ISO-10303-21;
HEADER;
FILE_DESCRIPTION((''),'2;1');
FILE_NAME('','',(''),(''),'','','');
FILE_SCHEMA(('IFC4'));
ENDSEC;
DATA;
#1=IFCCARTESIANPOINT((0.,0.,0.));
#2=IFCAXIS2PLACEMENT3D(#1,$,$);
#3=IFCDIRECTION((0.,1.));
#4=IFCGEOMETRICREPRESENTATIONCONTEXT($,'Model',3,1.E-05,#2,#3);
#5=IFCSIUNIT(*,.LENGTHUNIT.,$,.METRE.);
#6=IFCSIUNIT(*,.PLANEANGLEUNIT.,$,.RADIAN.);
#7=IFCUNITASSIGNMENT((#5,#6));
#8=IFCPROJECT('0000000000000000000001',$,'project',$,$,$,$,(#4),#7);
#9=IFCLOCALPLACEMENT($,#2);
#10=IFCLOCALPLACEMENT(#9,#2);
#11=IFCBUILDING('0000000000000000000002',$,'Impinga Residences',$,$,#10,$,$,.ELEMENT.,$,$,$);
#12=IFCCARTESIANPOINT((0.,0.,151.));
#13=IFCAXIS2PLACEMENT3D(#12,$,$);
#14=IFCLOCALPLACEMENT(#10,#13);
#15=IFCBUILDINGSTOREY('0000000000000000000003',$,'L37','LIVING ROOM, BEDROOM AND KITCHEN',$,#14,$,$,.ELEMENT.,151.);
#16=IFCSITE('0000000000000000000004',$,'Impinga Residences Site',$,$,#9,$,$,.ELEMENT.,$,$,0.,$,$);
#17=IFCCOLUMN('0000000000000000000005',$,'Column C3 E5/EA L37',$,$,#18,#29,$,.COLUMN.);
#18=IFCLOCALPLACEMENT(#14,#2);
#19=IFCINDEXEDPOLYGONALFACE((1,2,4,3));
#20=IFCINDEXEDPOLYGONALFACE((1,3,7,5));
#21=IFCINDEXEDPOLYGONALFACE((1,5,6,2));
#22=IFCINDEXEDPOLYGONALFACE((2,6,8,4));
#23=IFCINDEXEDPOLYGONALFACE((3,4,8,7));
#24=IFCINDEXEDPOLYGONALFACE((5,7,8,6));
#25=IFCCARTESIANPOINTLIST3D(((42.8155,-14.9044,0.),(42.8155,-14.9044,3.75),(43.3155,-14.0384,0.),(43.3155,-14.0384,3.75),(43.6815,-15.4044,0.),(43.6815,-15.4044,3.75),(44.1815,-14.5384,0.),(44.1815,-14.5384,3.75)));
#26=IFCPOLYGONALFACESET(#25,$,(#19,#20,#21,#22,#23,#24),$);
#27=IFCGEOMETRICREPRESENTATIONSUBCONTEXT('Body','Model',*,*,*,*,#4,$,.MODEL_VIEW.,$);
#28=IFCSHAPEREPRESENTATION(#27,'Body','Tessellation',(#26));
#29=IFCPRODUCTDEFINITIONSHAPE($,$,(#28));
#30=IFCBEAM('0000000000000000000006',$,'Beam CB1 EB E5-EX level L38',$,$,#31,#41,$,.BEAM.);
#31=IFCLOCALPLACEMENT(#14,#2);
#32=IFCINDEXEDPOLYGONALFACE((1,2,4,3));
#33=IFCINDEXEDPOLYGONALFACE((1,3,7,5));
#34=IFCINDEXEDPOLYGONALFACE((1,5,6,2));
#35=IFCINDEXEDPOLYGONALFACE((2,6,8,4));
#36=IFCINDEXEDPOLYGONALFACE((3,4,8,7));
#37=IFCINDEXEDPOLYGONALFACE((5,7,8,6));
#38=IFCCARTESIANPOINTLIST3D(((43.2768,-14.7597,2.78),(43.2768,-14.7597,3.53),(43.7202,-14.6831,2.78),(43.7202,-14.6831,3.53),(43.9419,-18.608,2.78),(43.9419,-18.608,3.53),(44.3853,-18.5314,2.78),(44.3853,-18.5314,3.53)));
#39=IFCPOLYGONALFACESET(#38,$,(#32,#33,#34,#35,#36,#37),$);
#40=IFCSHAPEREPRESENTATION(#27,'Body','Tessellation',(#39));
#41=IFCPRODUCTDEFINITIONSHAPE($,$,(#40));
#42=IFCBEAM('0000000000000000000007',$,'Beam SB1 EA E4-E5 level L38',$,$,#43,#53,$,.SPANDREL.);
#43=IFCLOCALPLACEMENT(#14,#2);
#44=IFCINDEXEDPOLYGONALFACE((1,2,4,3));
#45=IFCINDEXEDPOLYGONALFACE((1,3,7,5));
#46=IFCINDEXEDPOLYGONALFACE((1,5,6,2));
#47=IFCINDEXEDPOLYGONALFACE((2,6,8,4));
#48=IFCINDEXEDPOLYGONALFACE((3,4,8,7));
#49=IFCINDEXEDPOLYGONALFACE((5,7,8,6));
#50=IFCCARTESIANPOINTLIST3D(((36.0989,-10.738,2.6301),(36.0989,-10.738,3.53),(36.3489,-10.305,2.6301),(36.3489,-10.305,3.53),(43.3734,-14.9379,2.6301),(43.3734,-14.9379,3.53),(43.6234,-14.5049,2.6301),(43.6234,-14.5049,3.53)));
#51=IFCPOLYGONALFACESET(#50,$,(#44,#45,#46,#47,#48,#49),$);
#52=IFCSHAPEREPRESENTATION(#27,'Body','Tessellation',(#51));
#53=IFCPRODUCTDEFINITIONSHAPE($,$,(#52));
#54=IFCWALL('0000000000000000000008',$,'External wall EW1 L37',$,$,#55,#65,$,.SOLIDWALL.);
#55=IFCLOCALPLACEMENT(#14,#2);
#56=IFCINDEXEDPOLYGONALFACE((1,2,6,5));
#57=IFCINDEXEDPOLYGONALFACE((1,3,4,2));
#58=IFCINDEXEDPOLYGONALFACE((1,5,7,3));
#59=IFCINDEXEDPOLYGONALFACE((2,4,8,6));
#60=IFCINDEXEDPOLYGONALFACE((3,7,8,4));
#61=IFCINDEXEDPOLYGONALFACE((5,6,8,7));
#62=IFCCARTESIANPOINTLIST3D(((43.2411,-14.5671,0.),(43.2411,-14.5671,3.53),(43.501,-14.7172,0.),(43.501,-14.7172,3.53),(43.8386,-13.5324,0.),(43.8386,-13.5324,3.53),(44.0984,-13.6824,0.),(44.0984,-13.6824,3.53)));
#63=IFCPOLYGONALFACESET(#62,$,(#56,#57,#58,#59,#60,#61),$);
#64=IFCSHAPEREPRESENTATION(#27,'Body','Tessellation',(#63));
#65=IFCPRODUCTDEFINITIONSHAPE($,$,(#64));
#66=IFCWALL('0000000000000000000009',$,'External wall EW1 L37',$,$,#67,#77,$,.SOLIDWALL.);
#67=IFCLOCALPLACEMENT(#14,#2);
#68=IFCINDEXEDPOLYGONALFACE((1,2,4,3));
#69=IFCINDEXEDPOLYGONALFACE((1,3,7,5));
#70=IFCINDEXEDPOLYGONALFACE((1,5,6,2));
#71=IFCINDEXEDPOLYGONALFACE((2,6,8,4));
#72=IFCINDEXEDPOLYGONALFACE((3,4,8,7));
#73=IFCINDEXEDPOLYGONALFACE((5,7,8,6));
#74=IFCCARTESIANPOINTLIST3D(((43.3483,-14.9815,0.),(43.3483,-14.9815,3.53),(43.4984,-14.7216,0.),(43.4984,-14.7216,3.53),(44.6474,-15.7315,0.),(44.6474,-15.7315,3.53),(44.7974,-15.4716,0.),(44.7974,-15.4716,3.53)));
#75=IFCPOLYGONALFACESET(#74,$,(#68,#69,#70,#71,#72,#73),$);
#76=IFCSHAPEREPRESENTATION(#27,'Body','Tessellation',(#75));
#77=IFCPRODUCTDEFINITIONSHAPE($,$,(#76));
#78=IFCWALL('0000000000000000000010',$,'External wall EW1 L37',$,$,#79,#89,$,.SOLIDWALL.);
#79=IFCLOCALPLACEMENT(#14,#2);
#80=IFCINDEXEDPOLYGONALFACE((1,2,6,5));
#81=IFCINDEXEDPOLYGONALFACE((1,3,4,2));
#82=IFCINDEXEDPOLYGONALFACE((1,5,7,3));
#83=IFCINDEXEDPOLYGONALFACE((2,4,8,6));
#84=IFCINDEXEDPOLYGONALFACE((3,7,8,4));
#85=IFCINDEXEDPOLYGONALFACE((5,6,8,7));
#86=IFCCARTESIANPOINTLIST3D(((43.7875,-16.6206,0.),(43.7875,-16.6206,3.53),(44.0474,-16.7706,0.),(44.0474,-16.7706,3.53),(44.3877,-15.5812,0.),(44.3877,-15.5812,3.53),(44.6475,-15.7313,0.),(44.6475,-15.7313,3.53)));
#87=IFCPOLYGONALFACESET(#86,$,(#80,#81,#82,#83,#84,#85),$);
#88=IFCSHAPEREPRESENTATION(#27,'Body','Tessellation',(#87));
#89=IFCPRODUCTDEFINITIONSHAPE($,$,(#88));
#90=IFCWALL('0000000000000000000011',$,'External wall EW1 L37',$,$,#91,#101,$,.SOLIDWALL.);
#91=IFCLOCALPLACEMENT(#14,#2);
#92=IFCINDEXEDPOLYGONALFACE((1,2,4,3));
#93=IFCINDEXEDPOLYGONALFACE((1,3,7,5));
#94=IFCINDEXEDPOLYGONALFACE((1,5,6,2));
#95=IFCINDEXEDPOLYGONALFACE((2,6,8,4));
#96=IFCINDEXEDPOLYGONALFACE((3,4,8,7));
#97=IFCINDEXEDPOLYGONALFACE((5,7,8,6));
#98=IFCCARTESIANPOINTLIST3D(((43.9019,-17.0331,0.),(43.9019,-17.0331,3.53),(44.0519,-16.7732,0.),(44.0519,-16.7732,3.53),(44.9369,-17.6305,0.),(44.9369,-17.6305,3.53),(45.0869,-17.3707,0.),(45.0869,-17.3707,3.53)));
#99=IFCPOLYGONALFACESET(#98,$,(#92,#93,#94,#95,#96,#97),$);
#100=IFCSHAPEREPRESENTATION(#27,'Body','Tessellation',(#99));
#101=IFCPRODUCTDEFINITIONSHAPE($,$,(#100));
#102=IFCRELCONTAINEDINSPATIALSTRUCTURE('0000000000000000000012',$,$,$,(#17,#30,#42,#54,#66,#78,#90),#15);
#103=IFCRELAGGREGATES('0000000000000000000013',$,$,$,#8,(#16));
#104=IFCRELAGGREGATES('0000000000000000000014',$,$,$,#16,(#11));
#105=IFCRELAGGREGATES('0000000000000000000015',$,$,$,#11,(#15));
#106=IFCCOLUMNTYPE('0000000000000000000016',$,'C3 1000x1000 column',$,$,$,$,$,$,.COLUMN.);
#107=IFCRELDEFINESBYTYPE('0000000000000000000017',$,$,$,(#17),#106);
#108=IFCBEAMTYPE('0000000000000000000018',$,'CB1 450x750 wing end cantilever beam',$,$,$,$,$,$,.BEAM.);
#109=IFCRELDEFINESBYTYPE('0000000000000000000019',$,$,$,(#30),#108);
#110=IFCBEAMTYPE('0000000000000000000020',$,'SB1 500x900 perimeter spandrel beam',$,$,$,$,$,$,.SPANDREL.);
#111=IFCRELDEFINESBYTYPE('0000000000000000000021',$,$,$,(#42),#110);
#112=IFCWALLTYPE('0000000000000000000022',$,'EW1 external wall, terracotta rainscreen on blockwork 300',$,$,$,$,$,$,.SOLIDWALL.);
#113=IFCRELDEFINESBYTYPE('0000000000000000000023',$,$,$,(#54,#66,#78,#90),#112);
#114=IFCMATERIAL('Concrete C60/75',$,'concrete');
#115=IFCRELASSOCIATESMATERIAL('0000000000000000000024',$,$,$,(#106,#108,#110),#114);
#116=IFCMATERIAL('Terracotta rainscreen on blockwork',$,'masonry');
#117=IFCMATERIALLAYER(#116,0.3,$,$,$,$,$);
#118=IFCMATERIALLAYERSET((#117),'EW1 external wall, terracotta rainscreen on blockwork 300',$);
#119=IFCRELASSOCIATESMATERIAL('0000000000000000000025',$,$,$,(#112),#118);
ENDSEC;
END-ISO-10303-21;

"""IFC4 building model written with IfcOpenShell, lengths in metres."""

from ifc_helpers import new_model, si_unit, direction, frame, frame_2d, origin, origin_2d, place, context, subcontext, project, spatial, rectangle, extrude, material, layer, layer_set, material_profile, profile_set, type_object, element, save


model = new_model("IFC4")

# Units and contexts
model_context = context("Model", 3, precision=1e-05, world=origin(), true_north=direction((0.0, 1.0)))
body_context = subcontext(model_context, "Body", "Model", "MODEL_VIEW")
ifc_project = project(units=[si_unit("LENGTHUNIT", "METRE"), si_unit("PLANEANGLEUNIT", "RADIAN")], contexts=[model_context])

# Site, building, storey
site_placement = place(None, origin())
site = spatial("IfcSite", under=ifc_project, at=site_placement, Name="Impinga Residences Site", CompositionType="ELEMENT", RefElevation=0.0)
building_placement = place(site_placement, origin())
building = spatial("IfcBuilding", under=site, at=building_placement, Name="Impinga Residences", CompositionType="ELEMENT")
storey_placement = place(building_placement, frame((0.0, 0.0, 151.0)))
storey = spatial("IfcBuildingStorey", under=building, at=storey_placement, Name="L37", Description="LIVING ROOM, BEDROOM AND KITCHEN", CompositionType="ELEMENT", Elevation=151.0)

# Column
ifc_material_1 = material(Name="Concrete C60/75", Category="concrete")
ifc_material_profile_1 = material_profile(ifc_material_1, rectangle(XDim=1.0, YDim=1.0, at=origin_2d()), Name="RC 1000x1000")
ifc_profile_set_1 = profile_set([ifc_material_profile_1], Name="Concrete C60/75")
column_type = type_object("IfcColumnType", Name="C3 1000x1000 column", PredefinedType="COLUMN", material=ifc_profile_set_1)
column_placement = place(storey_placement, frame((43.4985, -14.7214, 0.0), z_axis=(0.0, 0.0, 1.0), x_axis=(-0.5, -0.866025, 0.0)))
element("IfcColumn", 1, at=column_placement, inside=storey, type_object=column_type, Name="Column C3 E5/EA L37", PredefinedType="COLUMN", context=body_context, shape_type="SweptSolid", body=[
    extrude(rectangle(XDim=1.0, YDim=1.0, at=origin_2d()), origin(), (0.0, 0.0, 1.0), 3.75),
])

# Beams
ifc_material_profile_2 = material_profile(ifc_material_1, rectangle(XDim=0.45, YDim=0.75, at=origin_2d()), Name="RC 450x750")
ifc_profile_set_2 = profile_set([ifc_material_profile_2], Name="Concrete C60/75")
beam_type_1 = type_object("IfcBeamType", Name="CB1 450x750 wing end cantilever beam", PredefinedType="BEAM", material=ifc_profile_set_2)
beam_1_placement = place(storey_placement, frame((43.4985, -14.7214, 3.155), z_axis=(0.170296, -0.985393, 0.0), x_axis=(0.985393, 0.170296, 0.0)))
element("IfcBeam", 2, at=beam_1_placement, inside=storey, type_object=beam_type_1, Name="Beam CB1 EB E5-EX level L38", PredefinedType="BEAM", context=body_context, shape_type="SweptSolid", body=[
    extrude(rectangle(XDim=0.45, YDim=0.75, at=origin_2d()), origin(), (0.0, 0.0, 1.0), 3.9053),
])
ifc_material_profile_3 = material_profile(ifc_material_1, rectangle(XDim=0.5, YDim=0.8999, at=origin_2d()), Name="RC 500x900")
ifc_profile_set_3 = profile_set([ifc_material_profile_3], Name="Concrete C60/75")
beam_type_2 = type_object("IfcBeamType", Name="SB1 500x900 perimeter spandrel beam", PredefinedType="SPANDREL", material=ifc_profile_set_3)
beam_2_placement = place(storey_placement, frame((36.2239, -10.5215, 3.0801), z_axis=(0.866029, -0.499993, 0.0), x_axis=(0.499993, 0.866029, 0.0)))
element("IfcBeam", 3, at=beam_2_placement, inside=storey, type_object=beam_type_2, Name="Beam SB1 EA E4-E5 level L38", PredefinedType="SPANDREL", context=body_context, shape_type="SweptSolid", body=[
    extrude(rectangle(XDim=0.5, YDim=0.8999, at=origin_2d()), origin(), (0.0, 0.0, 1.0), 8.3999),
])

# Walls
ifc_material_2 = material(Name="Terracotta rainscreen on blockwork", Category="masonry")
ifc_layer_1 = layer(ifc_material_2, 0.3)
ifc_layer_set_1 = layer_set([ifc_layer_1], Name="EW1 external wall, terracotta rainscreen on blockwork 300")
wall_type_1 = type_object("IfcWallType", Name="EW1 external wall, terracotta rainscreen on blockwork 300", PredefinedType="SOLIDWALL", material=ifc_layer_set_1)
wall_1_placement = place(storey_placement, frame((43.9685, -13.6074, 0.0), z_axis=(0.0, 0.0, 1.0), x_axis=(-0.500029, -0.866009, 0.0)))
element("IfcWall", 4, at=wall_1_placement, inside=storey, type_object=wall_type_1, Name="External wall EW1 L37", PredefinedType="SOLIDWALL", context=body_context, shape_type="SweptSolid", body=[
    extrude(rectangle(XDim=1.1948, YDim=0.3, at=frame_2d((0.5974, 0.0))), origin(), (0.0, 0.0, 1.0), 3.53),
])
wall_2_placement = place(storey_placement, frame((43.4233, -14.8516, 0.0), z_axis=(0.0, 0.0, 1.0), x_axis=(0.866031, -0.49999, 0.0)))
element("IfcWall", 5, at=wall_2_placement, inside=storey, type_object=wall_type_1, Name="External wall EW1 L37", PredefinedType="SOLIDWALL", context=body_context, shape_type="SweptSolid", body=[
    extrude(rectangle(XDim=1.5, YDim=0.3, at=frame_2d((0.75, 0.0))), origin(), (0.0, 0.0, 1.0), 3.53),
])
wall_3_placement = place(storey_placement, frame((44.5176, -15.6562, 0.0), z_axis=(0.0, 0.0, 1.0), x_axis=(-0.500034, -0.866006, 0.0)))
element("IfcWall", 6, at=wall_3_placement, inside=storey, type_object=wall_type_1, Name="External wall EW1 L37", PredefinedType="SOLIDWALL", context=body_context, shape_type="SweptSolid", body=[
    extrude(rectangle(XDim=1.2002, YDim=0.3, at=frame_2d((0.6001, 0.0))), origin(), (0.0, 0.0, 1.0), 3.53),
])
wall_4_placement = place(storey_placement, frame((43.9768, -16.9031, 0.0), z_axis=(0.0, 0.0, 1.0), x_axis=(0.86606, -0.499941, 0.0)))
element("IfcWall", 7, at=wall_4_placement, inside=storey, type_object=wall_type_1, Name="External wall EW1 L37", PredefinedType="SOLIDWALL", context=body_context, shape_type="SweptSolid", body=[
    extrude(rectangle(XDim=1.1951, YDim=0.3, at=frame_2d((0.5977, 0.0))), origin(), (0.0, 0.0, 1.0), 3.53),
])

save(model, "model.ifc")
